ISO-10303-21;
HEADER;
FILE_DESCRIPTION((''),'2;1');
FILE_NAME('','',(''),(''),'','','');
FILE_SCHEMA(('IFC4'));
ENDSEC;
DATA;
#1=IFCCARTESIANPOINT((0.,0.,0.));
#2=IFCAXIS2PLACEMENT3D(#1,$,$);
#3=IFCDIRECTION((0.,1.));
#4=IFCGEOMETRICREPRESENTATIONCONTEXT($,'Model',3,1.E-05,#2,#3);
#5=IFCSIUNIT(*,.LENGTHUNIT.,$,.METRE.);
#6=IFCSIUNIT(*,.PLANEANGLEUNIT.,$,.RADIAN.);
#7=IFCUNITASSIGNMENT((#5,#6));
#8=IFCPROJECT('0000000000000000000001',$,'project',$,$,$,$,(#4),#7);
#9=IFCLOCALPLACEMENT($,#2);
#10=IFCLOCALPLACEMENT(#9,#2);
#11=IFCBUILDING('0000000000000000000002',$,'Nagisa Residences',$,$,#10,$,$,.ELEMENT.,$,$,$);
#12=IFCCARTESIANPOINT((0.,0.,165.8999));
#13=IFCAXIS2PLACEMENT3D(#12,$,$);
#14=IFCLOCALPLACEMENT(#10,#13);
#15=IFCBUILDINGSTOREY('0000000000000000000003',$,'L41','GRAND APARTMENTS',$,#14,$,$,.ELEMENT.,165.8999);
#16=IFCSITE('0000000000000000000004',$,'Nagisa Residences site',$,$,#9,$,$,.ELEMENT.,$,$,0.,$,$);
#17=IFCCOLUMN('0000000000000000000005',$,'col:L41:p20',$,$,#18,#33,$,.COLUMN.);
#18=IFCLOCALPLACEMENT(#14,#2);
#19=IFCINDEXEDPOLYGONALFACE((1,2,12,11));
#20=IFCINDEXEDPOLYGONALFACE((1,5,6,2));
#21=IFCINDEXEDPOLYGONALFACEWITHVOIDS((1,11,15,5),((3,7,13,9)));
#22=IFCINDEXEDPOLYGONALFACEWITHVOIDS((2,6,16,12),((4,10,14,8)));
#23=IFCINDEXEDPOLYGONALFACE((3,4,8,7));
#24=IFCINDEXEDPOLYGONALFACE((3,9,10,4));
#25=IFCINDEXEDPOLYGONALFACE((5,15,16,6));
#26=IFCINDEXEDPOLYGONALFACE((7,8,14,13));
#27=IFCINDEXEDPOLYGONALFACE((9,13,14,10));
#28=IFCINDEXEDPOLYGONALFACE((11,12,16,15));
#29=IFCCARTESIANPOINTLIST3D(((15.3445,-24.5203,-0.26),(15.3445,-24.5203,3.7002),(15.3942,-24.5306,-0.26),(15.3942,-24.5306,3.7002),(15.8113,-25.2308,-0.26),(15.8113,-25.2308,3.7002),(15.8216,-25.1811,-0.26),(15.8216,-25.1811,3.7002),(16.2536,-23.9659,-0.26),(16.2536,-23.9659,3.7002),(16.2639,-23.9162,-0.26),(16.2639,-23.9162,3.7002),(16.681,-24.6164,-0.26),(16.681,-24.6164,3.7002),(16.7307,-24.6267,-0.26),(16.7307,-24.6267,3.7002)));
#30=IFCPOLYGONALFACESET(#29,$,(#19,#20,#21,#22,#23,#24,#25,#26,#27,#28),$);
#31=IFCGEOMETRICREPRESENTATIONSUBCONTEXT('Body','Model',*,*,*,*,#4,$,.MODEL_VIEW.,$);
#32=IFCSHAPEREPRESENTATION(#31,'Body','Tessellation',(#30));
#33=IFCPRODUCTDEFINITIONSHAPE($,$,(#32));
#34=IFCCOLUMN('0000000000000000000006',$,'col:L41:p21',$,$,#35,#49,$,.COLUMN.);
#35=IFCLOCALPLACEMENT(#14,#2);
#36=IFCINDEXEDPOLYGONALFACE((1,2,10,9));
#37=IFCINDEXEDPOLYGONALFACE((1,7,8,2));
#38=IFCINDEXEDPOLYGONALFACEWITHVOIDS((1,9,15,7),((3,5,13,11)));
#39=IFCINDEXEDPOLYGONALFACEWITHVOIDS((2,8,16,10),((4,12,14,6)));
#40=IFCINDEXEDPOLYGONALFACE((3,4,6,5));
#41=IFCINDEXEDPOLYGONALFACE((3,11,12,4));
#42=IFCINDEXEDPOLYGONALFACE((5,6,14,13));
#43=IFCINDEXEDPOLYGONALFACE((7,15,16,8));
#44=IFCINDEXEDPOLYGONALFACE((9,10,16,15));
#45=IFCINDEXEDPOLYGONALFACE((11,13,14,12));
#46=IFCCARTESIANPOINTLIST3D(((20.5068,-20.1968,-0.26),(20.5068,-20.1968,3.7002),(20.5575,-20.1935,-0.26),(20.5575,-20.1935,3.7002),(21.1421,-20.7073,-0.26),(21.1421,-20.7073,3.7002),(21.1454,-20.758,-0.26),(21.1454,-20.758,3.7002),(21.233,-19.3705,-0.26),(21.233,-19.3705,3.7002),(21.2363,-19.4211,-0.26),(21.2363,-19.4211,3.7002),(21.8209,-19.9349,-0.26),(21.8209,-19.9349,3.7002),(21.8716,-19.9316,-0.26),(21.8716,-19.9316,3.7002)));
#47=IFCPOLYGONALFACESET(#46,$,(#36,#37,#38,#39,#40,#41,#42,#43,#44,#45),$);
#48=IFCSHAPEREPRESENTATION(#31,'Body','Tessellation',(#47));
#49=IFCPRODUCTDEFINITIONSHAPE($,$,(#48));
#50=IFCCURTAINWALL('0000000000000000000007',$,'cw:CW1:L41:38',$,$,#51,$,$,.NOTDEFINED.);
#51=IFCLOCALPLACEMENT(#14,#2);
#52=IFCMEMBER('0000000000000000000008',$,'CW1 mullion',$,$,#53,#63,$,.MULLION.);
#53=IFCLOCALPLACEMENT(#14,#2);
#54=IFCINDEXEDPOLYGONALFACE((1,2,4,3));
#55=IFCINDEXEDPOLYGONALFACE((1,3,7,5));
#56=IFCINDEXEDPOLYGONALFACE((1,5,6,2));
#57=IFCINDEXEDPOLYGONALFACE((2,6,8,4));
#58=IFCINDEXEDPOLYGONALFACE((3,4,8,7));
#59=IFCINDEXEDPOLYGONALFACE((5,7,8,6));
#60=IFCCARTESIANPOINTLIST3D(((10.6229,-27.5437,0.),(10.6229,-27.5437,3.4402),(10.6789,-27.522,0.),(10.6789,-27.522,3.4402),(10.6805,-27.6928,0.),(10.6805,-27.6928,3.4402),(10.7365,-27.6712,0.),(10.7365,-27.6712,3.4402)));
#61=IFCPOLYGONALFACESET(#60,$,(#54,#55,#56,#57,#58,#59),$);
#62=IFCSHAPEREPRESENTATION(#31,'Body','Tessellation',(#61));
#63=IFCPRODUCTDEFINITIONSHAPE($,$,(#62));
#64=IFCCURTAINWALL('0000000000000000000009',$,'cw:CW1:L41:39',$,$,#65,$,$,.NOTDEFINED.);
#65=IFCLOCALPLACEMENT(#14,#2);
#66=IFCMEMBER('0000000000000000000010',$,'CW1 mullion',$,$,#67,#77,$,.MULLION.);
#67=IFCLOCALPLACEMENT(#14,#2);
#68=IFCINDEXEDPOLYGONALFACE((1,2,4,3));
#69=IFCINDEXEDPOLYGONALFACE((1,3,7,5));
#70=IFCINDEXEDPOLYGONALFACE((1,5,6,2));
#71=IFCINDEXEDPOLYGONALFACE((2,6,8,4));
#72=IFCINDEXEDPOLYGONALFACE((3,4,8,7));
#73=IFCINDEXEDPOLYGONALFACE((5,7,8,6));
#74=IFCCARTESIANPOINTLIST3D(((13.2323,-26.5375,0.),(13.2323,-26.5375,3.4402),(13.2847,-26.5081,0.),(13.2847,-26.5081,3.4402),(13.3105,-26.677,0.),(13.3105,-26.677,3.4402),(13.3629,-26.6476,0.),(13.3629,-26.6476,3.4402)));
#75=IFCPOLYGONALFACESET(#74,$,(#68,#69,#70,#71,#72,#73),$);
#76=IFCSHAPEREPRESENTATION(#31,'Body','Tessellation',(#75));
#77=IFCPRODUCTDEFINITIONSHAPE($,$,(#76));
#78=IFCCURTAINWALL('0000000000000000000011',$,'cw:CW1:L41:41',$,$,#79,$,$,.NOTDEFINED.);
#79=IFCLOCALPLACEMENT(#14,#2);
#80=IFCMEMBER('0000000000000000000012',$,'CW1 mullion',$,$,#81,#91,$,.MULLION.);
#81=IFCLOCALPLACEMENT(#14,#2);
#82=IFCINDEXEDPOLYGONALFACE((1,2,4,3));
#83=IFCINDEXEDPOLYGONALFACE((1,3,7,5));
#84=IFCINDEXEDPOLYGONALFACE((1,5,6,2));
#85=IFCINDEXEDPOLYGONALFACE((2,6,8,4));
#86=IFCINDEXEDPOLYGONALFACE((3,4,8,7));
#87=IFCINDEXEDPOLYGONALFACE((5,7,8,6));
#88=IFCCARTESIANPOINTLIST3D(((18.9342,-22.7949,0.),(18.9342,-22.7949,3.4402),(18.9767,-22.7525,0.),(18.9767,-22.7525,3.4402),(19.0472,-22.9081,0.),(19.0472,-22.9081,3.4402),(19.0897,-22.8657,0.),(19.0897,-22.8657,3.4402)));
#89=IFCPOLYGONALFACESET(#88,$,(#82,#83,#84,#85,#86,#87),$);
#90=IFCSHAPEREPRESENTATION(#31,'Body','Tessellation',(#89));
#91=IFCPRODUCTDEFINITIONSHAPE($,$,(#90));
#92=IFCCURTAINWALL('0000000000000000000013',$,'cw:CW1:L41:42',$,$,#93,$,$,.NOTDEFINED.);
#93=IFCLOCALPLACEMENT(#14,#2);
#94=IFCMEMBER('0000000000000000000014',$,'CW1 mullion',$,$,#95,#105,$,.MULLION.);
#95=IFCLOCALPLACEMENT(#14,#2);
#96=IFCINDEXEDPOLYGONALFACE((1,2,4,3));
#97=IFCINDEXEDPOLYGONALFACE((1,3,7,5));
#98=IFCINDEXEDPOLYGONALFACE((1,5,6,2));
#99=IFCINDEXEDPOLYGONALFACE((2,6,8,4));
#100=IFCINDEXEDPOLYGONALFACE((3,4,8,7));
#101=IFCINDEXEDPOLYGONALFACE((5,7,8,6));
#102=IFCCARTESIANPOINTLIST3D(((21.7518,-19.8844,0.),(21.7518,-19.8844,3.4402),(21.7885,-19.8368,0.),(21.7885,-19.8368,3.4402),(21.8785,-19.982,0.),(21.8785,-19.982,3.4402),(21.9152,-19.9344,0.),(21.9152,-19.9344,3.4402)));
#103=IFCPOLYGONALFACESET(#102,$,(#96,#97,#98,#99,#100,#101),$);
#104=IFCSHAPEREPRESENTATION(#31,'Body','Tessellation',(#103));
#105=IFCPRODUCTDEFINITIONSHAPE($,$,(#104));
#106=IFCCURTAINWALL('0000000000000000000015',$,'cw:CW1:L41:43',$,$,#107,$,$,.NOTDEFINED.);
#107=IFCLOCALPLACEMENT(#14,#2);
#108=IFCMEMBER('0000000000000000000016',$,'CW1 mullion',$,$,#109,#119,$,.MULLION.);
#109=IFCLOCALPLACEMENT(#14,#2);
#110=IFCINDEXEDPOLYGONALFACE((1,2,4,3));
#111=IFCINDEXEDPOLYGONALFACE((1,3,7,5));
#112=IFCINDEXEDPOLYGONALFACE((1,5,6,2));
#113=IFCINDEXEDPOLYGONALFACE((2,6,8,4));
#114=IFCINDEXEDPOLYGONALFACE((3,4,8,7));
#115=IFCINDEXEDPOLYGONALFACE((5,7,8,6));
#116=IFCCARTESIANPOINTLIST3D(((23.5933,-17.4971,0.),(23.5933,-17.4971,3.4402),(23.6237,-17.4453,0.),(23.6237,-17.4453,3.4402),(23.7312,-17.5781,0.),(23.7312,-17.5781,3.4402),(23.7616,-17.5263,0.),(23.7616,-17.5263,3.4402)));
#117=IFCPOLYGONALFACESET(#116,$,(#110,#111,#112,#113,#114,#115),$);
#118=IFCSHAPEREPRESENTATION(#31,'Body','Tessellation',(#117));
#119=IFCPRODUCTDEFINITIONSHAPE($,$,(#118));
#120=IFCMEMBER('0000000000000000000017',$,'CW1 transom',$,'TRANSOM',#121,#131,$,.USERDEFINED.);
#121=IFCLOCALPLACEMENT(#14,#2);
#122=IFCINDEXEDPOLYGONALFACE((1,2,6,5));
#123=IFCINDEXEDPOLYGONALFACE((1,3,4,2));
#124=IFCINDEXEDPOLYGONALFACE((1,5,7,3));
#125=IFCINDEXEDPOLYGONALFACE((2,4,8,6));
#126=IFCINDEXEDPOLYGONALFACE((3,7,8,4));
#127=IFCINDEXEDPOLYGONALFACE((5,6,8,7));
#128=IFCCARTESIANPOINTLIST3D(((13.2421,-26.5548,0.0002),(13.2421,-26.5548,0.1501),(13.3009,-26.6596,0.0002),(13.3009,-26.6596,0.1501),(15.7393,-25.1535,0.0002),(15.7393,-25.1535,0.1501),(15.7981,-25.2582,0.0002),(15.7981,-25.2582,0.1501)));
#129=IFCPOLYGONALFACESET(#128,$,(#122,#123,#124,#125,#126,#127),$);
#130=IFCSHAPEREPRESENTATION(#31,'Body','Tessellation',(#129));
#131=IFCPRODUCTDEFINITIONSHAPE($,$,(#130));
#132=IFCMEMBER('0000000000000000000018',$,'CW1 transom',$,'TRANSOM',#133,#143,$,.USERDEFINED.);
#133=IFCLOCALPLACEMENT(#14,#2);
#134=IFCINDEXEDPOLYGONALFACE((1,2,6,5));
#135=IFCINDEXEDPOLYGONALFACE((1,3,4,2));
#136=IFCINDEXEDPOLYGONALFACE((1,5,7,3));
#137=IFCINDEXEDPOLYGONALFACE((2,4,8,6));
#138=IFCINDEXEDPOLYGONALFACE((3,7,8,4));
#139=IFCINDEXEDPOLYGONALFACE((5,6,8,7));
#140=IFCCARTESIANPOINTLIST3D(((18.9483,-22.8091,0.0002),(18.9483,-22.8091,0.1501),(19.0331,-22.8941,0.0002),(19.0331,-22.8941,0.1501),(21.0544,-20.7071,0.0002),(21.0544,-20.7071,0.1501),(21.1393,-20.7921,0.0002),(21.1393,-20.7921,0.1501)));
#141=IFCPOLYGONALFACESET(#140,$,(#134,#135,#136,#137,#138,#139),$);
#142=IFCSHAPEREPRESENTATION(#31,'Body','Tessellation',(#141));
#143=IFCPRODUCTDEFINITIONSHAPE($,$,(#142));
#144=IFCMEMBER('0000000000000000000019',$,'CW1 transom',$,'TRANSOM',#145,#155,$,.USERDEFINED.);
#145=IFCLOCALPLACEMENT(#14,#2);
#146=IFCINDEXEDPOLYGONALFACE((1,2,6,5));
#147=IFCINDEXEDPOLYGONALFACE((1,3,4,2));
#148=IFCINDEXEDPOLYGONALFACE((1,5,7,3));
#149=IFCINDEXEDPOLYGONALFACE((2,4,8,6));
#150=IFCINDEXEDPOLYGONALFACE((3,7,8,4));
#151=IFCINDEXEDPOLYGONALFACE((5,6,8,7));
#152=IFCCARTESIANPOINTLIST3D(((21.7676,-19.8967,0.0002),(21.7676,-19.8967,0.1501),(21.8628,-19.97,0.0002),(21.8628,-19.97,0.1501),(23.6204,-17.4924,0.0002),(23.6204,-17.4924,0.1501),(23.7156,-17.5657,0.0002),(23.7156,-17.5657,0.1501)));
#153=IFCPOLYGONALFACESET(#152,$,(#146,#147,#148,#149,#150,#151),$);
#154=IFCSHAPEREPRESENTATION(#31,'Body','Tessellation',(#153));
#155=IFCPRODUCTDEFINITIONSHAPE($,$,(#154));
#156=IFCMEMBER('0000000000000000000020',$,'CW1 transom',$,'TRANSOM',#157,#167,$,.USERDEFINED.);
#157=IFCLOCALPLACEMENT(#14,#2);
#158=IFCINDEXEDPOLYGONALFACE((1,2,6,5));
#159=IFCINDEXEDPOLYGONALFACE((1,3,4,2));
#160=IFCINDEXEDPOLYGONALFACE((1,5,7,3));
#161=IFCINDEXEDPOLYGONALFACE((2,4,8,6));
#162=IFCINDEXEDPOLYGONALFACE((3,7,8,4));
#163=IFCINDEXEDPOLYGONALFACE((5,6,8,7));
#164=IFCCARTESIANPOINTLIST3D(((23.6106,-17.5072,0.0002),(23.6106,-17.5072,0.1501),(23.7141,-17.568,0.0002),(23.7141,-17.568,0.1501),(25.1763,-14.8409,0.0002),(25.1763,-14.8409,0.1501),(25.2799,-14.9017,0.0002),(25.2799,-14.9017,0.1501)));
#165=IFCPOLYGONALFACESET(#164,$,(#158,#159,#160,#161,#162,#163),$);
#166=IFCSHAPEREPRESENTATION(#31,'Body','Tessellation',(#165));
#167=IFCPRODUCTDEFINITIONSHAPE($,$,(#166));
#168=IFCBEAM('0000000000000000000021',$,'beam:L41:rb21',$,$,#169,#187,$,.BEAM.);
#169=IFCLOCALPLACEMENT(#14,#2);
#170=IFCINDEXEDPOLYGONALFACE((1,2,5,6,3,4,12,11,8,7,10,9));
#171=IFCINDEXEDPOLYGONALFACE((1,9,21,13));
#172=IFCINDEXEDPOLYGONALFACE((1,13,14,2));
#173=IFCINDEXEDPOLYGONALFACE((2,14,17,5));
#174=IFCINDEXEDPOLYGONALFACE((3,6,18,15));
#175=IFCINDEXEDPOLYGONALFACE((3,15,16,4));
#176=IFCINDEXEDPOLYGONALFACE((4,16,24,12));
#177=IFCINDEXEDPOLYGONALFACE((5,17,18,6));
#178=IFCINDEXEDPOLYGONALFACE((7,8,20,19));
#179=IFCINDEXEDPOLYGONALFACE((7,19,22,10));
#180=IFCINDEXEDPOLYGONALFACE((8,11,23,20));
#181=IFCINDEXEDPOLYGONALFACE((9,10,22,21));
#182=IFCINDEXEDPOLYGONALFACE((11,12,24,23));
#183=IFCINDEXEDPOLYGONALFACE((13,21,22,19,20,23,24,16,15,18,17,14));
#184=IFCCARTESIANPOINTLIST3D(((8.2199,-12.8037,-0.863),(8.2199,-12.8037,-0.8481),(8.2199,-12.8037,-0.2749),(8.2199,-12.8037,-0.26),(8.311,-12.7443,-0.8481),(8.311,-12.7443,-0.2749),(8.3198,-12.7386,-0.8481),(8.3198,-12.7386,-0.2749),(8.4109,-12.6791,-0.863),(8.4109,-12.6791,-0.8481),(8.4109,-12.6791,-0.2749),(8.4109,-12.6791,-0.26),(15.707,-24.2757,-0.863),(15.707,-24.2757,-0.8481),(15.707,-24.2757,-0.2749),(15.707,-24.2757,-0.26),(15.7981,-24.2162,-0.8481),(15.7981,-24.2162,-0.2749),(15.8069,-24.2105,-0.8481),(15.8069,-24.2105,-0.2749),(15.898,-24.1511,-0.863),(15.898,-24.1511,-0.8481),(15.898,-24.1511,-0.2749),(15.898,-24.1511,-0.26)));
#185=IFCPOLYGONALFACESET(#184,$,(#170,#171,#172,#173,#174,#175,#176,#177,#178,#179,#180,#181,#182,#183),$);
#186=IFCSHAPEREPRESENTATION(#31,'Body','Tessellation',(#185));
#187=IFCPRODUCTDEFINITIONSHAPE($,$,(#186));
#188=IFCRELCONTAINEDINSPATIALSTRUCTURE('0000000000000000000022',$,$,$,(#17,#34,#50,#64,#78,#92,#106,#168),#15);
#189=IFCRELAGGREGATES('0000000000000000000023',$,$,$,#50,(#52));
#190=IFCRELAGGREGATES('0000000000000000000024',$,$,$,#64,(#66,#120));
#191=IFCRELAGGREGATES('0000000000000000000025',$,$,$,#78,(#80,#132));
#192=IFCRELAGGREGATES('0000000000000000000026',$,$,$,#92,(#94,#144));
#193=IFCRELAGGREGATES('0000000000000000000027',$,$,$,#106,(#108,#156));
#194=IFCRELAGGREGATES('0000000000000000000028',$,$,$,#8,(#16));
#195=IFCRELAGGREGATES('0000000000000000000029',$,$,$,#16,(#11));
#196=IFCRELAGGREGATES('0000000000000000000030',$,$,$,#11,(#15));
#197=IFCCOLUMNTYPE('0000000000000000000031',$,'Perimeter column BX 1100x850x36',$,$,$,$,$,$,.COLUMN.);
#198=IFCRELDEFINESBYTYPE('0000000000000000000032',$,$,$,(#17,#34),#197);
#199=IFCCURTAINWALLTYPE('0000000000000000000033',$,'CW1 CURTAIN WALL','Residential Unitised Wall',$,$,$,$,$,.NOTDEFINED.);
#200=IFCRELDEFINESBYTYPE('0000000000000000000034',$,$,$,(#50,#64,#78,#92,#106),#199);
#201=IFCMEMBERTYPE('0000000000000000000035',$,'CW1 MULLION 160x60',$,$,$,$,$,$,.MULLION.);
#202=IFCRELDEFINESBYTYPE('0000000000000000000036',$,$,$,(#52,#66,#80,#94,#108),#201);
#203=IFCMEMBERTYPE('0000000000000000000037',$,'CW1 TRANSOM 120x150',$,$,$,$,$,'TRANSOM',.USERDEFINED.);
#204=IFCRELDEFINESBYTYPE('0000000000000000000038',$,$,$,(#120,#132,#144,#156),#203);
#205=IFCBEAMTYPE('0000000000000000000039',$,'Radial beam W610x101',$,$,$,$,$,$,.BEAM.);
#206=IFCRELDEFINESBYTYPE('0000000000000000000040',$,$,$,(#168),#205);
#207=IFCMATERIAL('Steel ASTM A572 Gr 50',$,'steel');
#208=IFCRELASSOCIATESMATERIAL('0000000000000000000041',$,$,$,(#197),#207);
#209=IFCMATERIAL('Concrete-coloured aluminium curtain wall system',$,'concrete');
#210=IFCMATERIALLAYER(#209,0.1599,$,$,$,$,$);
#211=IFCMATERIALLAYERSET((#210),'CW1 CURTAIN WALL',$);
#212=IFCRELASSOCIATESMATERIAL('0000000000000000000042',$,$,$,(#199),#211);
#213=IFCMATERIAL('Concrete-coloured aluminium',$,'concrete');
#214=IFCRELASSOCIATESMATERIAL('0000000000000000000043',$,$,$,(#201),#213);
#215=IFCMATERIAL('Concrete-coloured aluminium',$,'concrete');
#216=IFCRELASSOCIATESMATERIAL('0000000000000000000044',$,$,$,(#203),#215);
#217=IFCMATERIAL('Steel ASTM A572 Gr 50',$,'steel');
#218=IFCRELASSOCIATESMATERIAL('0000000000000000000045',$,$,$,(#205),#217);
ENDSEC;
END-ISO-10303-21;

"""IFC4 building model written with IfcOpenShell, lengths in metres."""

from ifc_helpers import new_model, si_unit, direction, frame, origin, origin_2d, place, context, subcontext, project, spatial, rectangle, hollow_rectangle, i_section, extrude, material, layer, layer_set, material_profile, profile_set, type_object, element, aggregate, save


model = new_model("IFC4")

# Units and contexts
model_context = context("Model", 3, precision=1e-05, world=origin(), true_north=direction((0.0, 1.0)))
body_context = subcontext(model_context, "Body", "Model", "MODEL_VIEW")
ifc_project = project(units=[si_unit("LENGTHUNIT", "METRE"), si_unit("PLANEANGLEUNIT", "RADIAN")], contexts=[model_context])

# Site, building, storey
site_placement = place(None, origin())
site = spatial("IfcSite", under=ifc_project, at=site_placement, Name="Nagisa Residences site", CompositionType="ELEMENT", RefElevation=0.0)
building_placement = place(site_placement, origin())
building = spatial("IfcBuilding", under=site, at=building_placement, Name="Nagisa Residences", CompositionType="ELEMENT")
storey_placement = place(building_placement, frame((0.0, 0.0, 165.8999)))
storey = spatial("IfcBuildingStorey", under=building, at=storey_placement, Name="L41", Description="GRAND APARTMENTS", CompositionType="ELEMENT", Elevation=165.8999)

# Columns
ifc_material_1 = material(Name="Steel ASTM A572 Gr 50", Category="steel")
ifc_material_profile_1 = material_profile(ifc_material_1, hollow_rectangle(XDim=1.1001, YDim=0.8501, WallThickness=0.0359, at=origin_2d()), Name="BX 1100x850x36")
ifc_profile_set_1 = profile_set([ifc_material_profile_1], Name="Steel ASTM A572 Gr 50")
column_type = type_object("IfcColumnType", Name="Perimeter column BX 1100x850x36", PredefinedType="COLUMN", material=ifc_profile_set_1)
for number, where, z_axis, x_axis, name in (
    (1, (16.0376, -24.5735, -0.26), (0.0, 0.0, 1.0), (0.835766, 0.549086, 0.0), "col:L41:p20"),
    (2, (21.1892, -20.0642, -0.26), (0.0, 0.0, 1.0), (0.660115, 0.751165, 0.0), "col:L41:p21"),
):
    element("IfcColumn", number, at=place(storey_placement, frame(where, z_axis=z_axis, x_axis=x_axis)), inside=storey, type_object=column_type, Name=name, PredefinedType="COLUMN", context=body_context, shape_type="SweptSolid", body=[
        extrude(hollow_rectangle(XDim=1.1001, YDim=0.8501, WallThickness=0.0359, at=origin_2d()), origin(), (0.0, 0.0, 1.0), 3.9602),
    ])

# Curtain walls, members
ifc_material_2 = material(Name="Concrete-coloured aluminium curtain wall system", Category="concrete")
ifc_layer_1 = layer(ifc_material_2, 0.1599)
ifc_layer_set_1 = layer_set([ifc_layer_1], Name="CW1 CURTAIN WALL")
curtain_wall_type = type_object("IfcCurtainWallType", Name="CW1 CURTAIN WALL", Description="Residential Unitised Wall", PredefinedType="NOTDEFINED", material=ifc_layer_set_1)
curtain_wall_1_placement = place(storey_placement, origin())
curtain_wall_1 = element("IfcCurtainWall", 3, at=curtain_wall_1_placement, inside=storey, type_object=curtain_wall_type, Name="cw:CW1:L41:38", PredefinedType="NOTDEFINED")
ifc_material_3 = material(Name="Concrete-coloured aluminium", Category="concrete")
ifc_material_profile_2 = material_profile(ifc_material_3, rectangle(XDim=0.1599, YDim=0.0601, at=origin_2d()), Name="CW1 MULLION 160x60")
ifc_profile_set_2 = profile_set([ifc_material_profile_2], Name="Concrete-coloured aluminium")
member_type_1 = type_object("IfcMemberType", Name="CW1 MULLION 160x60", PredefinedType="MULLION", material=ifc_profile_set_2)
member_1_placement = place(storey_placement, frame((10.6797, -27.6074, 0.0), z_axis=(0.0, 0.0, 1.0), x_axis=(-0.360328, 0.932826, 0.0)))
member_1 = element("IfcMember", 4, at=member_1_placement, type_object=member_type_1, Name="CW1 mullion", PredefinedType="MULLION", context=body_context, shape_type="SweptSolid", body=[
    extrude(rectangle(XDim=0.1599, YDim=0.0601, at=origin_2d()), origin(), (0.0, 0.0, 1.0), 3.4402),
])
curtain_wall_2_placement = place(storey_placement, origin())
curtain_wall_2 = element("IfcCurtainWall", 5, at=curtain_wall_2_placement, inside=storey, type_object=curtain_wall_type, Name="cw:CW1:L41:39", PredefinedType="NOTDEFINED")
member_2_placement = place(storey_placement, frame((13.2976, -26.5925, 0.0), z_axis=(0.0, 0.0, 1.0), x_axis=(-0.489377, 0.872072, 0.0)))
member_2 = element("IfcMember", 6, at=member_2_placement, type_object=member_type_1, Name="CW1 mullion", PredefinedType="MULLION", context=body_context, shape_type="SweptSolid", body=[
    extrude(rectangle(XDim=0.1599, YDim=0.0601, at=origin_2d()), origin(), (0.0, 0.0, 1.0), 3.4402),
])
curtain_wall_3_placement = place(storey_placement, origin())
curtain_wall_3 = element("IfcCurtainWall", 7, at=curtain_wall_3_placement, inside=storey, type_object=curtain_wall_type, Name="cw:CW1:L41:41", PredefinedType="NOTDEFINED")
member_3_placement = place(storey_placement, frame((19.012, -22.8303, 0.0), z_axis=(0.0, 0.0, 1.0), x_axis=(-0.706377, 0.707836, 0.0)))
member_3 = element("IfcMember", 8, at=member_3_placement, type_object=member_type_1, Name="CW1 mullion", PredefinedType="MULLION", context=body_context, shape_type="SweptSolid", body=[
    extrude(rectangle(XDim=0.1599, YDim=0.0601, at=origin_2d()), origin(), (0.0, 0.0, 1.0), 3.4402),
])
curtain_wall_4_placement = place(storey_placement, origin())
curtain_wall_4 = element("IfcCurtainWall", 9, at=curtain_wall_4_placement, inside=storey, type_object=curtain_wall_type, Name="cw:CW1:L41:42", PredefinedType="NOTDEFINED")
member_4_placement = place(storey_placement, frame((21.8335, -19.9094, 0.0), z_axis=(0.0, 0.0, 1.0), x_axis=(-0.79207, 0.61043, 0.0)))
member_4 = element("IfcMember", 10, at=member_4_placement, type_object=member_type_1, Name="CW1 mullion", PredefinedType="MULLION", context=body_context, shape_type="SweptSolid", body=[
    extrude(rectangle(XDim=0.1599, YDim=0.0601, at=origin_2d()), origin(), (0.0, 0.0, 1.0), 3.4402),
])
curtain_wall_5_placement = place(storey_placement, origin())
curtain_wall_5 = element("IfcCurtainWall", 11, at=curtain_wall_5_placement, inside=storey, type_object=curtain_wall_type, Name="cw:CW1:L41:43", PredefinedType="NOTDEFINED")
member_5_placement = place(storey_placement, frame((23.6775, -17.5117, 0.0), z_axis=(0.0, 0.0, 1.0), x_axis=(-0.862329, 0.506349, 0.0)))
member_5 = element("IfcMember", 12, at=member_5_placement, type_object=member_type_1, Name="CW1 mullion", PredefinedType="MULLION", context=body_context, shape_type="SweptSolid", body=[
    extrude(rectangle(XDim=0.1599, YDim=0.0601, at=origin_2d()), origin(), (0.0, 0.0, 1.0), 3.4402),
])

# Members
ifc_material_4 = material(Name="Concrete-coloured aluminium", Category="concrete")
ifc_material_profile_3 = material_profile(ifc_material_4, rectangle(XDim=0.1201, YDim=0.1499, at=origin_2d()), Name="CW1 TRANSOM 120x150")
ifc_profile_set_3 = profile_set([ifc_material_profile_3], Name="Concrete-coloured aluminium")
member_type_2 = type_object("IfcMemberType", Name="CW1 TRANSOM 120x150", ElementType="TRANSOM", PredefinedType="USERDEFINED", material=ifc_profile_set_3)
member_6_placement = place(storey_placement, frame((13.2715, -26.6072, 0.0752), z_axis=(0.872078, 0.489366, 0.0), x_axis=(-0.489366, 0.872078, 0.0)))
member_6 = element("IfcMember", 13, at=member_6_placement, type_object=member_type_2, Name="CW1 transom", ObjectType="TRANSOM", PredefinedType="USERDEFINED", context=body_context, shape_type="SweptSolid", body=[
    extrude(rectangle(XDim=0.1201, YDim=0.1499, at=origin_2d()), origin(), (0.0, 0.0, 1.0), 2.8635),
])
member_7_placement = place(storey_placement, frame((18.9907, -22.8516, 0.0752), z_axis=(0.707804, 0.706409, 0.0), x_axis=(-0.706409, 0.707804, 0.0)))
member_7 = element("IfcMember", 14, at=member_7_placement, type_object=member_type_2, Name="CW1 transom", ObjectType="TRANSOM", PredefinedType="USERDEFINED", context=body_context, shape_type="SweptSolid", body=[
    extrude(rectangle(XDim=0.1201, YDim=0.1499, at=origin_2d()), origin(), (0.0, 0.0, 1.0), 2.9756),
])
member_8_placement = place(storey_placement, frame((21.8152, -19.9333, 0.0752), z_axis=(0.610399, 0.792094, 0.0), x_axis=(-0.792094, 0.610399, 0.0)))
member_8 = element("IfcMember", 15, at=member_8_placement, type_object=member_type_2, Name="CW1 transom", ObjectType="TRANSOM", PredefinedType="USERDEFINED", context=body_context, shape_type="SweptSolid", body=[
    extrude(rectangle(XDim=0.1201, YDim=0.1499, at=origin_2d()), origin(), (0.0, 0.0, 1.0), 3.0354),
])
member_9_placement = place(storey_placement, frame((23.6624, -17.5376, 0.0752), z_axis=(0.506368, 0.862318, 0.0), x_axis=(-0.862318, 0.506368, 0.0)))
member_9 = element("IfcMember", 16, at=member_9_placement, type_object=member_type_2, Name="CW1 transom", ObjectType="TRANSOM", PredefinedType="USERDEFINED", context=body_context, shape_type="SweptSolid", body=[
    extrude(rectangle(XDim=0.1201, YDim=0.1499, at=origin_2d()), origin(), (0.0, 0.0, 1.0), 3.092),
])

# Beam
ifc_material_5 = material(Name="Steel ASTM A572 Gr 50", Category="steel")
ifc_material_profile_4 = material_profile(ifc_material_5, i_section(OverallWidth=0.228, OverallDepth=0.603, WebThickness=0.0105, FlangeThickness=0.0149, at=origin_2d()), Name="W610x101")
ifc_profile_set_4 = profile_set([ifc_material_profile_4], Name="Steel ASTM A572 Gr 50")
beam_type = type_object("IfcBeamType", Name="Radial beam W610x101", PredefinedType="BEAM", material=ifc_profile_set_4)
beam_1_placement = place(storey_placement, frame((15.8025, -24.2134, -0.5615), z_axis=(-0.546543, 0.837431, 0.0), x_axis=(-0.837431, -0.546543, 0.0)))
element("IfcBeam", 17, at=beam_1_placement, inside=storey, type_object=beam_type, Name="beam:L41:rb21", PredefinedType="BEAM", context=body_context, shape_type="SweptSolid", body=[
    extrude(i_section(OverallWidth=0.228, OverallDepth=0.603, WebThickness=0.0105, FlangeThickness=0.0149, at=origin_2d()), origin(), (0.0, 0.0, 1.0), 13.699),
])

aggregate(curtain_wall_1, [member_1])
aggregate(curtain_wall_2, [member_2, member_6])
aggregate(curtain_wall_3, [member_3, member_7])
aggregate(curtain_wall_4, [member_4, member_8])
aggregate(curtain_wall_5, [member_5, member_9])

save(model, "model.ifc")
